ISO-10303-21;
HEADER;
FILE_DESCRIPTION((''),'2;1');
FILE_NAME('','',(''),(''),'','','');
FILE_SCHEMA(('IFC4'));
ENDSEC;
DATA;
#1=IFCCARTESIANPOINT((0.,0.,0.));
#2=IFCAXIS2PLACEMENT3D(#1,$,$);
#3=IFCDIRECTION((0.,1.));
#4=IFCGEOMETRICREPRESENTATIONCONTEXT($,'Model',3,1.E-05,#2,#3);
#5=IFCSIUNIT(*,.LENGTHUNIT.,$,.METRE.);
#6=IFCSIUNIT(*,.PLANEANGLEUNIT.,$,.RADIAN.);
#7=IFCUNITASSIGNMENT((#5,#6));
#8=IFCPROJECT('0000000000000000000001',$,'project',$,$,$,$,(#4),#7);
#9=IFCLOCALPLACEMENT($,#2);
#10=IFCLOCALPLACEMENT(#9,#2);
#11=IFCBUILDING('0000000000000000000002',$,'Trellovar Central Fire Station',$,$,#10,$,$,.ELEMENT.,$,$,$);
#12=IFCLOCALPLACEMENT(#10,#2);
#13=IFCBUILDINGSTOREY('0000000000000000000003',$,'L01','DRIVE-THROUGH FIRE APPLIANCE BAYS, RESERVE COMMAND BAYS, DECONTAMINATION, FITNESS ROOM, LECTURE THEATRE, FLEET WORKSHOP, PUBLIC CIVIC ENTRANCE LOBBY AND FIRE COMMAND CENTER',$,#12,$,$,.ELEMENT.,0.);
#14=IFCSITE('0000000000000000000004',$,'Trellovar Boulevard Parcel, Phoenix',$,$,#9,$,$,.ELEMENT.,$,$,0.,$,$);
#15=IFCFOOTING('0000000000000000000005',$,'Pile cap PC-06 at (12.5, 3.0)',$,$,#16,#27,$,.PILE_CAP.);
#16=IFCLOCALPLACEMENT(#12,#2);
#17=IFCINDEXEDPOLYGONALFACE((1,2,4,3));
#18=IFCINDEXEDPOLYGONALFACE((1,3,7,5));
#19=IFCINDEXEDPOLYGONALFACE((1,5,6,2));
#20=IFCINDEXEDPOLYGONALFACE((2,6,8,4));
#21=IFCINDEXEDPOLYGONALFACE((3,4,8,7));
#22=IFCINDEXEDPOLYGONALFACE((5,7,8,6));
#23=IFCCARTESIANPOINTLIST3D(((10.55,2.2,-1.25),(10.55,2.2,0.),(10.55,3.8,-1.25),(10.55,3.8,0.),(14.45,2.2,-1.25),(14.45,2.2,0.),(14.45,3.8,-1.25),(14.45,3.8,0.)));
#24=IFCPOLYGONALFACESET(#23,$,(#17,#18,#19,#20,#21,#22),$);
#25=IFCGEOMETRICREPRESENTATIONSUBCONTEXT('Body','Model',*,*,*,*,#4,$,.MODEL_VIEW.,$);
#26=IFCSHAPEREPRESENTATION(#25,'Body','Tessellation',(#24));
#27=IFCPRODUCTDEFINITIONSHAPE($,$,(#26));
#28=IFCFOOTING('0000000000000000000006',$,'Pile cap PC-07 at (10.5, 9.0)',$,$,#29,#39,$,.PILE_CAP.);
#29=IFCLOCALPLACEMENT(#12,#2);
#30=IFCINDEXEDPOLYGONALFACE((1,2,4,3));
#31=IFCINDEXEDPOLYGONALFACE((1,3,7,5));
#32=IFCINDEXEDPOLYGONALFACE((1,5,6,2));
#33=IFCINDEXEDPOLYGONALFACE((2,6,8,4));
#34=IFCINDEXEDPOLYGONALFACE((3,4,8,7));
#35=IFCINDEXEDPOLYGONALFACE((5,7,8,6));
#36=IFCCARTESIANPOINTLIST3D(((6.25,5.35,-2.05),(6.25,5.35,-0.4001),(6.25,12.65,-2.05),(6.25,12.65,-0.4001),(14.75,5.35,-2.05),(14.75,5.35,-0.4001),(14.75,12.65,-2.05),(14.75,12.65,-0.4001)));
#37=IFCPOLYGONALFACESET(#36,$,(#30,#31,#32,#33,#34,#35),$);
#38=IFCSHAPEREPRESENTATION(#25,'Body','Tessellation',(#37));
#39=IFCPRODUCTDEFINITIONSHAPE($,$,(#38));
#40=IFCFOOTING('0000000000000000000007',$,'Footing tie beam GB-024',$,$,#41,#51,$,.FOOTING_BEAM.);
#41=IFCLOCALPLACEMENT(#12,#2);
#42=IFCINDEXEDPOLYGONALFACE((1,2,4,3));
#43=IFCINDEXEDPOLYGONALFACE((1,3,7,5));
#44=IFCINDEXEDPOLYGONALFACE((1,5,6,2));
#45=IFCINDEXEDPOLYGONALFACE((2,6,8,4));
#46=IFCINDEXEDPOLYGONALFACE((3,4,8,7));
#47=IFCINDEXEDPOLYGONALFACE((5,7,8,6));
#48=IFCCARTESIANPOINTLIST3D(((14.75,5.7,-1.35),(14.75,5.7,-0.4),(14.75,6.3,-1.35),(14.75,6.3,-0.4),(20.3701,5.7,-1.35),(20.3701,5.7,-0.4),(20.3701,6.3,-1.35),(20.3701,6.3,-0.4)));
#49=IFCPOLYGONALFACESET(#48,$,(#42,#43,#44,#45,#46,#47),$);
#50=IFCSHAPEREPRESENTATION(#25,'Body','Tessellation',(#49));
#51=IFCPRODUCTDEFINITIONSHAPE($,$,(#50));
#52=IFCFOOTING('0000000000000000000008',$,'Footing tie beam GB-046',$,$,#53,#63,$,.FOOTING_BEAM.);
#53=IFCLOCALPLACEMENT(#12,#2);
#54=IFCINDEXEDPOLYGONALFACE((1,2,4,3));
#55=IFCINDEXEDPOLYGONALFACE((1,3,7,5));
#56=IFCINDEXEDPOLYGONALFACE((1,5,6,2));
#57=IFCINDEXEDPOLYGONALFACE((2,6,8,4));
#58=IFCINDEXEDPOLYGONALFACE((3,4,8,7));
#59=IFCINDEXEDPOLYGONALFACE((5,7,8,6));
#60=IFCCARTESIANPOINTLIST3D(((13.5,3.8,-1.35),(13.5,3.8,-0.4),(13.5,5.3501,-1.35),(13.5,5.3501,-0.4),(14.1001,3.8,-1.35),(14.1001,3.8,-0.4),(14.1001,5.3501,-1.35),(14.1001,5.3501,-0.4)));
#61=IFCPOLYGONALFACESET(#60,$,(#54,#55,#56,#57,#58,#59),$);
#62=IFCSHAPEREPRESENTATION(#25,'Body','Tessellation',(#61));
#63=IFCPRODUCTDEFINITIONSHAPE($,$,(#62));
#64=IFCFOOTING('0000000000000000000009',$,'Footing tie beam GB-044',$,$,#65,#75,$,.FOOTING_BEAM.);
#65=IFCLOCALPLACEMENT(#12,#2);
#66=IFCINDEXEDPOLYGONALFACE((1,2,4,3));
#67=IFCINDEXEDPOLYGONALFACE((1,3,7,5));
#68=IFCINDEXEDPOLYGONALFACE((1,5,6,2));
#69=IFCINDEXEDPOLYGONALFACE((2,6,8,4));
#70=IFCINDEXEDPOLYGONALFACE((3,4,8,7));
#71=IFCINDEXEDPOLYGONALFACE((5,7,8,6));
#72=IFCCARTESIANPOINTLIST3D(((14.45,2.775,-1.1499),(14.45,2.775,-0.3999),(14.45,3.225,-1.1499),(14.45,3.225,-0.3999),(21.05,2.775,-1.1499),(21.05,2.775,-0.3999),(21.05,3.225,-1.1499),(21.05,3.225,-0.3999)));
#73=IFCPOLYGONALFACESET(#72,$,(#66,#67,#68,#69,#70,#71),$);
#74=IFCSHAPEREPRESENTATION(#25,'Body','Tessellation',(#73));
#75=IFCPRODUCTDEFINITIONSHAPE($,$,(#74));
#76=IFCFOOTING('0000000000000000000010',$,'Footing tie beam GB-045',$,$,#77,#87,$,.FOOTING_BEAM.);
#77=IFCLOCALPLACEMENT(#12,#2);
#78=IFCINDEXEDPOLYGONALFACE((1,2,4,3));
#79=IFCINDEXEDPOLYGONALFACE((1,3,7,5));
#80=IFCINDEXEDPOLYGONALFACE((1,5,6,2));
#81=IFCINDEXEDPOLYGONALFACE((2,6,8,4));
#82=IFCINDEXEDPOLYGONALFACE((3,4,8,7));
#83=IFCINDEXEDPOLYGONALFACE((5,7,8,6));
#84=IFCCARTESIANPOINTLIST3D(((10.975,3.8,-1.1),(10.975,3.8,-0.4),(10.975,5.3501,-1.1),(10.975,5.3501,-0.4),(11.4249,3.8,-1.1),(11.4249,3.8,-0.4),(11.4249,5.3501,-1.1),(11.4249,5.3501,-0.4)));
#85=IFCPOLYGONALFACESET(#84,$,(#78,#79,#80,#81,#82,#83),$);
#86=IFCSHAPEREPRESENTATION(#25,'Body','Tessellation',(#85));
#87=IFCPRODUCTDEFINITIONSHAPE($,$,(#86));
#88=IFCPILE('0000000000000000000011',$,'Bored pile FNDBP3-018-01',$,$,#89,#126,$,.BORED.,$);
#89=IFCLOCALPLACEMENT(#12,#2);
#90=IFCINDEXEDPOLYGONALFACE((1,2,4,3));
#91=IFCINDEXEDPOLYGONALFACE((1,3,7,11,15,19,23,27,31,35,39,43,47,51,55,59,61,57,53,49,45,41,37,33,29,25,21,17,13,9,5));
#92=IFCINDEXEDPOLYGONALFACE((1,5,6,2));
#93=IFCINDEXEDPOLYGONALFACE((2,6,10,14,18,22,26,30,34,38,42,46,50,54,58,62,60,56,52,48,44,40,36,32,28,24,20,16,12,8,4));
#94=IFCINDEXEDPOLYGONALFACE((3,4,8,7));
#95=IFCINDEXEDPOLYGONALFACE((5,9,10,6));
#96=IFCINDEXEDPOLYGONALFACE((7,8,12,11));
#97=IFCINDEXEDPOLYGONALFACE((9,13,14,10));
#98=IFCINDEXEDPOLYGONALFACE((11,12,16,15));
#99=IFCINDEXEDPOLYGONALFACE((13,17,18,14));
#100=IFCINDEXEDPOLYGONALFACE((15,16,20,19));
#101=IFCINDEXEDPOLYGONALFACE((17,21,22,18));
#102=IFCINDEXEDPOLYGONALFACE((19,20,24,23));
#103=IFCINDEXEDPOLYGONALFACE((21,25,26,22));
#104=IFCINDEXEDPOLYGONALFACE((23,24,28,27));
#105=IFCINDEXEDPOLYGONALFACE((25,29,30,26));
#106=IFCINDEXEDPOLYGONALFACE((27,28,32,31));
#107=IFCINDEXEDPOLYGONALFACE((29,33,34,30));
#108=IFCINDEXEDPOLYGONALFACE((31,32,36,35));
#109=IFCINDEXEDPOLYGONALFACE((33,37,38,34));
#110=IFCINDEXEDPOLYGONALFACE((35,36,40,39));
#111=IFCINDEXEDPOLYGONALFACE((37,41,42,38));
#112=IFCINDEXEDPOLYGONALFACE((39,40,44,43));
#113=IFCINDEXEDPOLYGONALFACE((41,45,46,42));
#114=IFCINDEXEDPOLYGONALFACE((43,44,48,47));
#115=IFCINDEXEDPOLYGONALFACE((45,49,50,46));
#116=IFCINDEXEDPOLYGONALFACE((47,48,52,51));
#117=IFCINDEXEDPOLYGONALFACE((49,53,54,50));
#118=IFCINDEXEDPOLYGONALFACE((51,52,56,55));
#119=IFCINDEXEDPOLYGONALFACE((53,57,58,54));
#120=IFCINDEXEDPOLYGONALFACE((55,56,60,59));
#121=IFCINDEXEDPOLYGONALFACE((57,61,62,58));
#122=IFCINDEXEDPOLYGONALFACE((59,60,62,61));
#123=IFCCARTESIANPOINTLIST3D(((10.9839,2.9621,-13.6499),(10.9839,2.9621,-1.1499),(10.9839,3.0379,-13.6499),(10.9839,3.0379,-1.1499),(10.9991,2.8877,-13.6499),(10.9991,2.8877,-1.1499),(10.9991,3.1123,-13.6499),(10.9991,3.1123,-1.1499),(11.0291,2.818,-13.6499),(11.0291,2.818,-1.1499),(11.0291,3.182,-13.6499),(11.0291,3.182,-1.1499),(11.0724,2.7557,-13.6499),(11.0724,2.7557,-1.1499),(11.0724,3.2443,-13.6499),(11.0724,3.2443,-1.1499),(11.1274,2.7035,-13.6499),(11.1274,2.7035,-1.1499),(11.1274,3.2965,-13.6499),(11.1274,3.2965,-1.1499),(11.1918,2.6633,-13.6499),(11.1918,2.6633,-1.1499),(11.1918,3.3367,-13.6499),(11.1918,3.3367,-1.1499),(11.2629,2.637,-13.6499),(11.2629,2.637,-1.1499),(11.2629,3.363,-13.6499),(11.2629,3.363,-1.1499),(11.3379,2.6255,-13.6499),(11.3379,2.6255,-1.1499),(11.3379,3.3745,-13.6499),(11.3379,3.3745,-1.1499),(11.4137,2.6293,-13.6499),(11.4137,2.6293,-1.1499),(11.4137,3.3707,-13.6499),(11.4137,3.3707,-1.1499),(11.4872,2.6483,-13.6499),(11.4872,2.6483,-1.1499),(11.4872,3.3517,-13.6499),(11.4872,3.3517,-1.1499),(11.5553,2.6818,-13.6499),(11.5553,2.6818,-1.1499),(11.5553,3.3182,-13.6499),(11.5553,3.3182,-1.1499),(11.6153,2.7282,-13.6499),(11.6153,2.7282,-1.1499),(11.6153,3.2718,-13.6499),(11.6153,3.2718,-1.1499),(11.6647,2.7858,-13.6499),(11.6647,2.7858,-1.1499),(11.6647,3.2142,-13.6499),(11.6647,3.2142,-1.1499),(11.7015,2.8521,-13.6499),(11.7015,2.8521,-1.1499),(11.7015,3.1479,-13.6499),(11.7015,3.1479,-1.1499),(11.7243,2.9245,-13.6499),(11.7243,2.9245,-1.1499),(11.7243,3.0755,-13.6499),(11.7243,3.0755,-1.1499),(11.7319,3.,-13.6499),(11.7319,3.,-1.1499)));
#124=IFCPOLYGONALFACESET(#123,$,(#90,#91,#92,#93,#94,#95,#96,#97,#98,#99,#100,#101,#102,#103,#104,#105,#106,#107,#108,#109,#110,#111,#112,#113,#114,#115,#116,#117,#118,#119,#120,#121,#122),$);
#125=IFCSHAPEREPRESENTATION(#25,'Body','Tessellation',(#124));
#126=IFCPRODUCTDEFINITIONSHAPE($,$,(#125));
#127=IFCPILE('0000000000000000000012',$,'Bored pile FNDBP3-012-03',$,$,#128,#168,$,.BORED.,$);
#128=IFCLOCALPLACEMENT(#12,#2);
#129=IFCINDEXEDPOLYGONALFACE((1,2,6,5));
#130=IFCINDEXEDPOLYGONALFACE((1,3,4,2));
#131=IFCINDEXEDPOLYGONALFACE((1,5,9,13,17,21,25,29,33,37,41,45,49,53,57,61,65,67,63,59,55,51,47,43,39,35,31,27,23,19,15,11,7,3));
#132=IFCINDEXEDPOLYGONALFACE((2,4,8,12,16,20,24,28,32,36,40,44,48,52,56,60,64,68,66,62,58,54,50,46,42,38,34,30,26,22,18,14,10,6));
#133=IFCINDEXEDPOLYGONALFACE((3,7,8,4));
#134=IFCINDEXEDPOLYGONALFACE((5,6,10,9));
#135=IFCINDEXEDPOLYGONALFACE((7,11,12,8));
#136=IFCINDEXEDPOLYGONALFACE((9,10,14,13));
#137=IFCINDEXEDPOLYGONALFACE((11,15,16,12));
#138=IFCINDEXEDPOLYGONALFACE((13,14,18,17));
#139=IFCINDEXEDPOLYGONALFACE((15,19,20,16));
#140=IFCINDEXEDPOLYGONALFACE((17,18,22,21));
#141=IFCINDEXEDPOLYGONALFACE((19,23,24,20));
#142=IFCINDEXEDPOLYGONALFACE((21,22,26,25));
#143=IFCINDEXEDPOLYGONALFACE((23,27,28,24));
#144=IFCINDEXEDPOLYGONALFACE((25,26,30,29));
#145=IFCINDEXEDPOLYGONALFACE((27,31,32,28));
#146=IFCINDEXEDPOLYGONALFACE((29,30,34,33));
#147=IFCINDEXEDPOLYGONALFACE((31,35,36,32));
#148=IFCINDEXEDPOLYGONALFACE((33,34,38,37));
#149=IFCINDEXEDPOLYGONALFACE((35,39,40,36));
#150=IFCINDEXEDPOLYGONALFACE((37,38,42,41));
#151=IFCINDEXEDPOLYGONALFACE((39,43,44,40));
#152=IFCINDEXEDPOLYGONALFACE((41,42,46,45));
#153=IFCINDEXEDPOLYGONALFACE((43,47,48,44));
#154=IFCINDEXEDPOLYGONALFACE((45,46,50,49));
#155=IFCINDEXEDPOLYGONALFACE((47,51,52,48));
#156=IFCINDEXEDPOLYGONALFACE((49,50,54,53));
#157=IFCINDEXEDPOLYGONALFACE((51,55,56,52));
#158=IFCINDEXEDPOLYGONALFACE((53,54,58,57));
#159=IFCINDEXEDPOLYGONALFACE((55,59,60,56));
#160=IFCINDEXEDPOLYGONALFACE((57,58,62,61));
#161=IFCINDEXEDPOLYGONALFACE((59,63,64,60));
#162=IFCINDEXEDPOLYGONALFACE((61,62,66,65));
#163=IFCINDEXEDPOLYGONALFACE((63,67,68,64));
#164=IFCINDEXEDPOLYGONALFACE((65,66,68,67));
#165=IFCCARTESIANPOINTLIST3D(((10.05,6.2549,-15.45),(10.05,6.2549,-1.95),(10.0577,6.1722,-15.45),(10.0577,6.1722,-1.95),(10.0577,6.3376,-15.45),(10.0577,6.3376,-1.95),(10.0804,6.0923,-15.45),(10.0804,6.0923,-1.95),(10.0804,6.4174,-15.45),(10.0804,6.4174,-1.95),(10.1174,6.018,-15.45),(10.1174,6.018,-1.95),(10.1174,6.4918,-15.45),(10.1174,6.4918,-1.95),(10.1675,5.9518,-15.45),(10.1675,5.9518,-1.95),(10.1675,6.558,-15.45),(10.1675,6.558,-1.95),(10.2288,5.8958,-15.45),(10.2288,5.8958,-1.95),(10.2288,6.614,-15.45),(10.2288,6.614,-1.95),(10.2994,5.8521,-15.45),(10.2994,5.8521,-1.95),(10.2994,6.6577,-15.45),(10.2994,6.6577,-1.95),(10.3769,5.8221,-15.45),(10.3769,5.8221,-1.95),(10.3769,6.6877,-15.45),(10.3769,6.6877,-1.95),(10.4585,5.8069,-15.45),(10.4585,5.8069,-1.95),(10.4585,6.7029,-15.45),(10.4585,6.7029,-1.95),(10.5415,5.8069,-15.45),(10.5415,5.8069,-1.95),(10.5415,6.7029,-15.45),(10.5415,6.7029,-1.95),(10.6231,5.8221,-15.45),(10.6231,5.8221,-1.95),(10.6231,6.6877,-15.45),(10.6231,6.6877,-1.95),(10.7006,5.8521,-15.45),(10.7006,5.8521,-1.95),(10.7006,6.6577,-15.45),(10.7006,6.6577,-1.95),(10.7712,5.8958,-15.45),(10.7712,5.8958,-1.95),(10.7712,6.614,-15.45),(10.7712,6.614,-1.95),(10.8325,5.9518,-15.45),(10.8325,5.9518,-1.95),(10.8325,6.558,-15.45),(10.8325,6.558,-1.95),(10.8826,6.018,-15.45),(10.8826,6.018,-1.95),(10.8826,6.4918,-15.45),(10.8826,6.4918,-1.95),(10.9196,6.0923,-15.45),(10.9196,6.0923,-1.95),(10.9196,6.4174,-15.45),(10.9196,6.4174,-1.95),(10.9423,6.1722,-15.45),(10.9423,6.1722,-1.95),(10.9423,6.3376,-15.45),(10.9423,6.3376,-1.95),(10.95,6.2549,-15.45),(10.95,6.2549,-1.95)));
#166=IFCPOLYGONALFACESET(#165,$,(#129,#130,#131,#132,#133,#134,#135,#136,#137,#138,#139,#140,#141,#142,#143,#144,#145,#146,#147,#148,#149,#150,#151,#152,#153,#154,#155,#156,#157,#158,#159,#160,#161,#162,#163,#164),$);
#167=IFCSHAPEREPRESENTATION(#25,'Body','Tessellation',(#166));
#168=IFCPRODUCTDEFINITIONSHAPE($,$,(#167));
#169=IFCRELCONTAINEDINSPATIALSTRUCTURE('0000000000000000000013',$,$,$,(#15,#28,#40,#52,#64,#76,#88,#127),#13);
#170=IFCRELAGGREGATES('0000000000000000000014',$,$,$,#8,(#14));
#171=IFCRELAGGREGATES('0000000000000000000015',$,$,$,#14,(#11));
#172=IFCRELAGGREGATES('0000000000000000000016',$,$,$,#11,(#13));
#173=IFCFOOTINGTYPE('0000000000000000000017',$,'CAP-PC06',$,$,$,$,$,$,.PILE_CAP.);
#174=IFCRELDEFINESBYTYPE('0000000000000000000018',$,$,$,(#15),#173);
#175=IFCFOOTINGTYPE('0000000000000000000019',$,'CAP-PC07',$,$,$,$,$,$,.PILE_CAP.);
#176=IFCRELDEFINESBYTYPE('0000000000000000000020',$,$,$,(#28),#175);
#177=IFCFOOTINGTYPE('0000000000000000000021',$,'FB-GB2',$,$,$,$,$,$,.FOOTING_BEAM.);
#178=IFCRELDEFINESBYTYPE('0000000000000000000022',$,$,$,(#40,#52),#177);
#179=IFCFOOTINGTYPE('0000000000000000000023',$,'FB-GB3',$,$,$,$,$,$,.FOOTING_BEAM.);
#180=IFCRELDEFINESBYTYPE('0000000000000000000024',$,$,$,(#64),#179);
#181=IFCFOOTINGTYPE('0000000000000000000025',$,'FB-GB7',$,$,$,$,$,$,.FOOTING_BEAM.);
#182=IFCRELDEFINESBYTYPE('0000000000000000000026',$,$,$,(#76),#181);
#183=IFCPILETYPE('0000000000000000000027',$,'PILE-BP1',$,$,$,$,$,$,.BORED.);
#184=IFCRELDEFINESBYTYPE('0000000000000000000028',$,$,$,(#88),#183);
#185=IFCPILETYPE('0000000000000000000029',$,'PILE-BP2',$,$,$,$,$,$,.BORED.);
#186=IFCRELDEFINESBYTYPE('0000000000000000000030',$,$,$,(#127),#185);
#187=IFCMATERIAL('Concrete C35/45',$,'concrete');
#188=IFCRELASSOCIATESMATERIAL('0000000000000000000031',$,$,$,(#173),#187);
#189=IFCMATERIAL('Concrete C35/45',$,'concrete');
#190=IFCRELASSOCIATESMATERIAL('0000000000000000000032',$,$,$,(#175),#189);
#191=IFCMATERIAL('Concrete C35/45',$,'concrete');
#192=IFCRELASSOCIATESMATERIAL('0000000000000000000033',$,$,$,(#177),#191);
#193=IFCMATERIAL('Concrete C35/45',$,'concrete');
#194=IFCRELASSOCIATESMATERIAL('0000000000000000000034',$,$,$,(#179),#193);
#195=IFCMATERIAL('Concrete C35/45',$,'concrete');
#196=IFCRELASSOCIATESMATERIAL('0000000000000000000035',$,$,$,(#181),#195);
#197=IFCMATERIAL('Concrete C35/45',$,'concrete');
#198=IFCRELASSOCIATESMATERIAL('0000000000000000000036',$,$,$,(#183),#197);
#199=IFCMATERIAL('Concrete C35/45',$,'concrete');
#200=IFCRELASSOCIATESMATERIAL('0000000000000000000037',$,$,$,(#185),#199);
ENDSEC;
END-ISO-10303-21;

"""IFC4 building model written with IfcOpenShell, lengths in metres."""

from ifc_helpers import new_model, si_unit, direction, frame, origin, origin_2d, place, context, subcontext, project, spatial, rectangle, circle, extrude, material, material_profile, profile_set, type_object, element, save


model = new_model("IFC4")

# Units and contexts
model_context = context("Model", 3, precision=1e-05, world=origin(), true_north=direction((0.0, 1.0)))
body_context = subcontext(model_context, "Body", "Model", "MODEL_VIEW")
ifc_project = project(units=[si_unit("LENGTHUNIT", "METRE"), si_unit("PLANEANGLEUNIT", "RADIAN")], contexts=[model_context])

# Site, building, storey
site_placement = place(None, origin())
site = spatial("IfcSite", under=ifc_project, at=site_placement, Name="Trellovar Boulevard Parcel, Phoenix", CompositionType="ELEMENT", RefElevation=0.0)
building_placement = place(site_placement, origin())
building = spatial("IfcBuilding", under=site, at=building_placement, Name="Trellovar Central Fire Station", CompositionType="ELEMENT")
storey_placement = place(building_placement, origin())
storey = spatial("IfcBuildingStorey", under=building, at=storey_placement, Name="L01", Description="DRIVE-THROUGH FIRE APPLIANCE BAYS, RESERVE COMMAND BAYS, DECONTAMINATION, FITNESS ROOM, LECTURE THEATRE, FLEET WORKSHOP, PUBLIC CIVIC ENTRANCE LOBBY AND FIRE COMMAND CENTER", CompositionType="ELEMENT", Elevation=0.0)

# Footings
ifc_material_1 = material(Name="Concrete C35/45", Category="concrete")
footing_type_1 = type_object("IfcFootingType", Name="CAP-PC06", PredefinedType="PILE_CAP", material=ifc_material_1)
footing_1_placement = place(storey_placement, frame((12.5, 3.0, -1.25), z_axis=(0.0, 0.0, 1.0), x_axis=(1.0, 0.0, 0.0)))
element("IfcFooting", 1, at=footing_1_placement, inside=storey, type_object=footing_type_1, Name="Pile cap PC-06 at (12.5, 3.0)", PredefinedType="PILE_CAP", context=body_context, shape_type="SweptSolid", body=[
    extrude(rectangle(XDim=3.8999, YDim=1.6001, at=origin_2d()), origin(), (0.0, 0.0, 1.0), 1.25),
])
ifc_material_2 = material(Name="Concrete C35/45", Category="concrete")
footing_type_2 = type_object("IfcFootingType", Name="CAP-PC07", PredefinedType="PILE_CAP", material=ifc_material_2)
footing_2_placement = place(storey_placement, frame((10.5, 9.0, -2.05), z_axis=(0.0, 0.0, 1.0), x_axis=(1.0, 0.0, 0.0)))
element("IfcFooting", 2, at=footing_2_placement, inside=storey, type_object=footing_type_2, Name="Pile cap PC-07 at (10.5, 9.0)", PredefinedType="PILE_CAP", context=body_context, shape_type="SweptSolid", body=[
    extrude(rectangle(XDim=8.5, YDim=7.3, at=origin_2d()), origin(), (0.0, 0.0, 1.0), 1.6499),
])
ifc_material_3 = material(Name="Concrete C35/45", Category="concrete")
ifc_material_profile_1 = material_profile(ifc_material_3, rectangle(XDim=0.6001, YDim=0.95, at=origin_2d()), Name="RC600X950")
ifc_profile_set_1 = profile_set([ifc_material_profile_1], Name="Concrete C35/45")
footing_type_3 = type_object("IfcFootingType", Name="FB-GB2", PredefinedType="FOOTING_BEAM", material=ifc_profile_set_1)
footing_3_placement = place(storey_placement, frame((14.75, 6.0, -0.875), z_axis=(1.0, 0.0, 0.0), x_axis=(0.0, 1.0, 0.0)))
element("IfcFooting", 3, at=footing_3_placement, inside=storey, type_object=footing_type_3, Name="Footing tie beam GB-024", PredefinedType="FOOTING_BEAM", context=body_context, shape_type="SweptSolid", body=[
    extrude(rectangle(XDim=0.6001, YDim=0.95, at=origin_2d()), origin(), (0.0, 0.0, 1.0), 5.6201),
])
footing_4_placement = place(storey_placement, frame((13.8, 3.8, -0.875), z_axis=(0.0, 1.0, 0.0), x_axis=(-1.0, 0.0, 0.0)))
element("IfcFooting", 4, at=footing_4_placement, inside=storey, type_object=footing_type_3, Name="Footing tie beam GB-046", PredefinedType="FOOTING_BEAM", context=body_context, shape_type="SweptSolid", body=[
    extrude(rectangle(XDim=0.6001, YDim=0.95, at=origin_2d()), origin(), (0.0, 0.0, 1.0), 1.55),
])
ifc_material_4 = material(Name="Concrete C35/45", Category="concrete")
ifc_material_profile_2 = material_profile(ifc_material_4, rectangle(XDim=0.45, YDim=0.75, at=origin_2d()), Name="RC450X750")
ifc_profile_set_2 = profile_set([ifc_material_profile_2], Name="Concrete C35/45")
footing_type_4 = type_object("IfcFootingType", Name="FB-GB3", PredefinedType="FOOTING_BEAM", material=ifc_profile_set_2)
footing_5_placement = place(storey_placement, frame((14.45, 3.0, -0.7749), z_axis=(1.0, 0.0, 0.0), x_axis=(0.0, 1.0, 0.0)))
element("IfcFooting", 5, at=footing_5_placement, inside=storey, type_object=footing_type_4, Name="Footing tie beam GB-044", PredefinedType="FOOTING_BEAM", context=body_context, shape_type="SweptSolid", body=[
    extrude(rectangle(XDim=0.45, YDim=0.75, at=origin_2d()), origin(), (0.0, 0.0, 1.0), 6.6001),
])
ifc_material_5 = material(Name="Concrete C35/45", Category="concrete")
ifc_material_profile_3 = material_profile(ifc_material_5, rectangle(XDim=0.45, YDim=0.7, at=origin_2d()), Name="RC450X700")
ifc_profile_set_3 = profile_set([ifc_material_profile_3], Name="Concrete C35/45")
footing_type_5 = type_object("IfcFootingType", Name="FB-GB7", PredefinedType="FOOTING_BEAM", material=ifc_profile_set_3)
footing_6_placement = place(storey_placement, frame((11.2, 3.8, -0.75), z_axis=(0.0, 1.0, 0.0), x_axis=(-1.0, 0.0, 0.0)))
element("IfcFooting", 6, at=footing_6_placement, inside=storey, type_object=footing_type_5, Name="Footing tie beam GB-045", PredefinedType="FOOTING_BEAM", context=body_context, shape_type="SweptSolid", body=[
    extrude(rectangle(XDim=0.45, YDim=0.7, at=origin_2d()), origin(), (0.0, 0.0, 1.0), 1.55),
])

# Piles
ifc_material_6 = material(Name="Concrete C35/45", Category="concrete")
ifc_material_profile_4 = material_profile(ifc_material_6, circle(Radius=0.375, at=origin_2d()), Name="PILE750")
ifc_profile_set_4 = profile_set([ifc_material_profile_4], Name="Concrete C35/45")
pile_type_1 = type_object("IfcPileType", Name="PILE-BP1", PredefinedType="BORED", material=ifc_profile_set_4)
pile_placement = place(storey_placement, frame((11.3569, 3.0, -1.1499), z_axis=(0.0, 0.0, -1.0), x_axis=(1.0, 0.0, 0.0)))
element("IfcPile", 7, at=pile_placement, inside=storey, type_object=pile_type_1, Name="Bored pile FNDBP3-018-01", PredefinedType="BORED", context=body_context, shape_type="SweptSolid", body=[
    extrude(circle(Radius=0.375, at=origin_2d()), origin(), (0.0, 0.0, 1.0), 12.5),
])
ifc_material_7 = material(Name="Concrete C35/45", Category="concrete")
ifc_material_profile_5 = material_profile(ifc_material_7, circle(Radius=0.45, at=origin_2d()), Name="PILE900")
ifc_profile_set_5 = profile_set([ifc_material_profile_5], Name="Concrete C35/45")
pile_type_2 = type_object("IfcPileType", Name="PILE-BP2", PredefinedType="BORED", material=ifc_profile_set_5)
for number, where, z_axis, x_axis, name in (
    (8, (10.5, 6.2549, -1.95), (0.0, 0.0, -1.0), (1.0, 0.0, 0.0), "Bored pile FNDBP3-012-03"),
):
    element("IfcPile", number, at=place(storey_placement, frame(where, z_axis=z_axis, x_axis=x_axis)), inside=storey, type_object=pile_type_2, Name=name, PredefinedType="BORED", context=body_context, shape_type="SweptSolid", body=[
        extrude(circle(Radius=0.45, at=origin_2d()), origin(), (0.0, 0.0, 1.0), 13.5),
    ])

save(model, "model.ifc")
